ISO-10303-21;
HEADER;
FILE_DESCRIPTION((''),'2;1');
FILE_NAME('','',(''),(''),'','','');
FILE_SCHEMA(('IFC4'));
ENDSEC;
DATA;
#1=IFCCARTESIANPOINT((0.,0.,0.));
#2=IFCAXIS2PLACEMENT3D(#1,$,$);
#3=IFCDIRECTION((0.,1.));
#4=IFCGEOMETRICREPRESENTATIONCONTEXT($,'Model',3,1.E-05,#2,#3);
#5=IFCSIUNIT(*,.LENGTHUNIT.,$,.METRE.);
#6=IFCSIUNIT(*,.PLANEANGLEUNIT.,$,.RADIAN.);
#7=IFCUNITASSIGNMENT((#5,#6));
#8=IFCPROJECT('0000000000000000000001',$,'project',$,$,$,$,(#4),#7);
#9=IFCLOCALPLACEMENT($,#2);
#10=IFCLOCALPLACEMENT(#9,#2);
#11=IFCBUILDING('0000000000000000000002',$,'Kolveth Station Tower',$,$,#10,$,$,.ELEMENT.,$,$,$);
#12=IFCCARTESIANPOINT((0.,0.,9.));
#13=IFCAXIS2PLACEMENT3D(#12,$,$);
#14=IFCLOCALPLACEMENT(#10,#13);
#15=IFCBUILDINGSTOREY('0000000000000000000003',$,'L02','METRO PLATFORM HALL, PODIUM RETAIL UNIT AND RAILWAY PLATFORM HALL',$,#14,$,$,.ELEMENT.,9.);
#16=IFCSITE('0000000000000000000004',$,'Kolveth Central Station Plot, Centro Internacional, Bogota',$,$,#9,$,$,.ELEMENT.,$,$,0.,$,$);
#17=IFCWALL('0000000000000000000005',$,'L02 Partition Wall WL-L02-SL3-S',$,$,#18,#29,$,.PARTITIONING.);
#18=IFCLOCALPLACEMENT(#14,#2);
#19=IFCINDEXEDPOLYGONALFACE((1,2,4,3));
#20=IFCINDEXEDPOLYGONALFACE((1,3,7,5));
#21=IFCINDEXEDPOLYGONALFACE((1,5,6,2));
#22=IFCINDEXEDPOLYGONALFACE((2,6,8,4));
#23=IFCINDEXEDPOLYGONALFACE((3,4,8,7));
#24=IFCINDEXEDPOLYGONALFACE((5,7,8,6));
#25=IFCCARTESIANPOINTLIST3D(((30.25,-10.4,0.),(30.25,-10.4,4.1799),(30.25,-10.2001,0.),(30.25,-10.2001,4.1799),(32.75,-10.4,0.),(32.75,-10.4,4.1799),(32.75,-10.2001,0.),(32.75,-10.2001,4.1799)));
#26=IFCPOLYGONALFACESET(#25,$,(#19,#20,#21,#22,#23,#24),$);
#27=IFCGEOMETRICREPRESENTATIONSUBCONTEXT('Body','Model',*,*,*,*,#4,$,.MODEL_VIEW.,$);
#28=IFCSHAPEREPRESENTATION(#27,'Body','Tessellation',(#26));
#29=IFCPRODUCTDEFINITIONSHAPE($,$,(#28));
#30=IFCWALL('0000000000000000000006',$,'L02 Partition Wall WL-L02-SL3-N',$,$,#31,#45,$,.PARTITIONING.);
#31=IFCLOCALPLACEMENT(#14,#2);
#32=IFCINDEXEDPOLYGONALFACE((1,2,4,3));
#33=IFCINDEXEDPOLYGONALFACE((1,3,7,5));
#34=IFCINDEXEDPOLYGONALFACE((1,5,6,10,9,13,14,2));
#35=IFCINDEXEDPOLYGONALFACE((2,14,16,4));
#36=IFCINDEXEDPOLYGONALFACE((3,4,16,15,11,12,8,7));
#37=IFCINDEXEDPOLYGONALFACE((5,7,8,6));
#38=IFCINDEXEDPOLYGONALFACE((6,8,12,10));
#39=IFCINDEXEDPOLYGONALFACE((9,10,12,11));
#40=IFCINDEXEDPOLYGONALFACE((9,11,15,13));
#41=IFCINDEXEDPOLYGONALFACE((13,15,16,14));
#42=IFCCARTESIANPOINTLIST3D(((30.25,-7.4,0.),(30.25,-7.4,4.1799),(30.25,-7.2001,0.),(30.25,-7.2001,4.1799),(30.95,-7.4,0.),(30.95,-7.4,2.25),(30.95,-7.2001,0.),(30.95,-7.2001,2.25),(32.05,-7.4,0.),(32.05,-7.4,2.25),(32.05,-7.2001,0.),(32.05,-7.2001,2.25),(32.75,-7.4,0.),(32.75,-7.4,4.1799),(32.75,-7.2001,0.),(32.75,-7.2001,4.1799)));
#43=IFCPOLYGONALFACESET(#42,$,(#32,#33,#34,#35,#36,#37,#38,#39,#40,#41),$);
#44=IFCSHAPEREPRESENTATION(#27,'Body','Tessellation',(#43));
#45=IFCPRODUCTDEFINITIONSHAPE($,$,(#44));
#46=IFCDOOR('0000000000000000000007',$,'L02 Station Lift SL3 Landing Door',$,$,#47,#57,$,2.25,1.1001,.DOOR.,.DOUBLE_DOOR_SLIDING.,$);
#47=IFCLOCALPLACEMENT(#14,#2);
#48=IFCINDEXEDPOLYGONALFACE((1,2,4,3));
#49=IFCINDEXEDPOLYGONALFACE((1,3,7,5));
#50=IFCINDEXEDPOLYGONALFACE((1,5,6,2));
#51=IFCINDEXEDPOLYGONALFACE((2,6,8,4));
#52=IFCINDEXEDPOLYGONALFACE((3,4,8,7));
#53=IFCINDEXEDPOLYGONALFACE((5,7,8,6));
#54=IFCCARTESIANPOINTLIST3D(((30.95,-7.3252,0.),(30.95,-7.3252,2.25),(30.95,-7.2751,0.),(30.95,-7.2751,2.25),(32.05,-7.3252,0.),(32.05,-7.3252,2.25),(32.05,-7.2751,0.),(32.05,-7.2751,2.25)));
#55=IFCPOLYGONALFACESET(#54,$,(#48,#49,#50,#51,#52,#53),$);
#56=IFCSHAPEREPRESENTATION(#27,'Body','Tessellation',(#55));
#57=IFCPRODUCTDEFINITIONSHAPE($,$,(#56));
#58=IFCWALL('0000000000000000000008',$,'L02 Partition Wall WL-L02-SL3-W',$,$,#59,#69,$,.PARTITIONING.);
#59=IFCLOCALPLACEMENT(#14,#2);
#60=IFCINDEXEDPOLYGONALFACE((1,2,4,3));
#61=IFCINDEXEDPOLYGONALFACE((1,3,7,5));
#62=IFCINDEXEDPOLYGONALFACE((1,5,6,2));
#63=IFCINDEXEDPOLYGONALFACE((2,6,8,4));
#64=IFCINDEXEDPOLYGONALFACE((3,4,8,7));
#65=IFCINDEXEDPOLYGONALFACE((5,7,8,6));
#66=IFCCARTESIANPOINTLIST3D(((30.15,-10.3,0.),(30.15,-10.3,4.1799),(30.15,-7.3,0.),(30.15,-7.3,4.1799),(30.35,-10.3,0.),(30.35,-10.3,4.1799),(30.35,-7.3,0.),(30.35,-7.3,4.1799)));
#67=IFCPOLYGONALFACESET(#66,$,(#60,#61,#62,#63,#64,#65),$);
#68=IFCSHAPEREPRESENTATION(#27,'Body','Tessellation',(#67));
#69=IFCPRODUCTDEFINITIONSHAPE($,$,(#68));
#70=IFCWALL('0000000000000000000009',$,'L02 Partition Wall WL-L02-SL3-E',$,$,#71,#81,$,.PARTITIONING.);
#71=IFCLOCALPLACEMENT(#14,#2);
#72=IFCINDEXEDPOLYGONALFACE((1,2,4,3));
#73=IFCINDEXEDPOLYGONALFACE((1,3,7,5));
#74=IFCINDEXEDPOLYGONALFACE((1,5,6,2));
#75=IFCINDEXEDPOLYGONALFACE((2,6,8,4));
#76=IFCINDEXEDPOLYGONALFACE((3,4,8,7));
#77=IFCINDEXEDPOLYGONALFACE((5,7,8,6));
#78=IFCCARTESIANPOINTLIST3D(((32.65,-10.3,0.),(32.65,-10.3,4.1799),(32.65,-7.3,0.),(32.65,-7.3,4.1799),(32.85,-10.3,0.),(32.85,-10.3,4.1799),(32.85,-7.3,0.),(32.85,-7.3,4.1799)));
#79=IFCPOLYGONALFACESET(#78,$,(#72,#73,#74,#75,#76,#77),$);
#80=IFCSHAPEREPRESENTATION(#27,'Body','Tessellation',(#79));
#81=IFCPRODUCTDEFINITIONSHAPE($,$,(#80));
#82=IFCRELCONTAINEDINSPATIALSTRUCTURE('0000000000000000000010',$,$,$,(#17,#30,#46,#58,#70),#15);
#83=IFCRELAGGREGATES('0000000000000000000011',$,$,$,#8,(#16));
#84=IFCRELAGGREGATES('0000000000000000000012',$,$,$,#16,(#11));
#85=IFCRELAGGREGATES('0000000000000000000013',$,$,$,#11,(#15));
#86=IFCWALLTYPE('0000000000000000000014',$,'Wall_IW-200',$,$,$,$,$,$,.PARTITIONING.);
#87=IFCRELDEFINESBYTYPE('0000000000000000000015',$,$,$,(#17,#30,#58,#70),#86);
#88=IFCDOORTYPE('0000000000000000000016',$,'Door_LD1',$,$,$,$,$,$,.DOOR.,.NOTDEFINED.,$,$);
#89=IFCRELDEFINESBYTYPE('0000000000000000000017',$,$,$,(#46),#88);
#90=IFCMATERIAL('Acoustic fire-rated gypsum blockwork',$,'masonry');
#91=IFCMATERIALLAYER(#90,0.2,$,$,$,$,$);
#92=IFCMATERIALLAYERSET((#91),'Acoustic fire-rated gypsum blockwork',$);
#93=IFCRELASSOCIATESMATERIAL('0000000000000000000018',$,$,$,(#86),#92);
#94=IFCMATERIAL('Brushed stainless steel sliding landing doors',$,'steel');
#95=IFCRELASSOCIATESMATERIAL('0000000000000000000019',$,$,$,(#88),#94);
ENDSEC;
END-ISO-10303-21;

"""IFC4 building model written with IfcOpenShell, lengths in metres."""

from ifc_helpers import new_model, si_unit, direction, frame, frame_2d, origin, place, context, subcontext, project, spatial, rectangle, extrude, material, layer, layer_set, type_object, element, fill, save


model = new_model("IFC4")

# Units and contexts
model_context = context("Model", 3, precision=1e-05, world=origin(), true_north=direction((0.0, 1.0)))
body_context = subcontext(model_context, "Body", "Model", "MODEL_VIEW")
ifc_project = project(units=[si_unit("LENGTHUNIT", "METRE"), si_unit("PLANEANGLEUNIT", "RADIAN")], contexts=[model_context])

# Site, building, storey
site_placement = place(None, origin())
site = spatial("IfcSite", under=ifc_project, at=site_placement, Name="Kolveth Central Station Plot, Centro Internacional, Bogota", CompositionType="ELEMENT", RefElevation=0.0)
building_placement = place(site_placement, origin())
building = spatial("IfcBuilding", under=site, at=building_placement, Name="Kolveth Station Tower", CompositionType="ELEMENT")
storey_placement = place(building_placement, frame((0.0, 0.0, 9.0)))
storey = spatial("IfcBuildingStorey", under=building, at=storey_placement, Name="L02", Description="METRO PLATFORM HALL, PODIUM RETAIL UNIT AND RAILWAY PLATFORM HALL", CompositionType="ELEMENT", Elevation=9.0)

# Shared definitions
ifc_material_1 = material(Name="Acoustic fire-rated gypsum blockwork", Category="masonry")
ifc_layer_1 = layer(ifc_material_1, 0.2)
ifc_layer_set_1 = layer_set([ifc_layer_1], Name="Acoustic fire-rated gypsum blockwork")
wall_type_1 = type_object("IfcWallType", Name="Wall_IW-200", PredefinedType="PARTITIONING", material=ifc_layer_set_1)

# Wall
wall_1_placement = place(storey_placement, frame((30.25, -10.3, 0.0), z_axis=(0.0, 0.0, 1.0), x_axis=(1.0, 0.0, 0.0)))
element("IfcWall", 1, at=wall_1_placement, inside=storey, type_object=wall_type_1, Name="L02 Partition Wall WL-L02-SL3-S", PredefinedType="PARTITIONING", context=body_context, shape_type="SweptSolid", body=[
    extrude(rectangle(XDim=2.5, YDim=0.2, at=frame_2d((1.25, 0.0))), origin(), (0.0, 0.0, 1.0), 4.1799),
])

# Wall, opening, door
wall_2_placement = place(storey_placement, frame((30.25, -7.3, 0.0), z_axis=(0.0, 0.0, 1.0), x_axis=(1.0, 0.0, 0.0)))
wall_2 = element("IfcWall", 2, at=wall_2_placement, inside=storey, type_object=wall_type_1, Name="L02 Partition Wall WL-L02-SL3-N", PredefinedType="PARTITIONING", context=body_context, shape_type="SweptSolid", body=[
    extrude(rectangle(XDim=2.5, YDim=0.2, at=frame_2d((1.25, 0.0))), origin(), (0.0, 0.0, 1.0), 4.1799),
])
opening_1_placement = place(wall_2_placement, frame((0.7, 0.0, 0.0)))
opening_1 = element("IfcOpeningElement", 3, at=opening_1_placement, cuts=wall_2, PredefinedType="OPENING", context=body_context, shape_type="SweptSolid", body=[
    extrude(rectangle(XDim=1.1001, YDim=2.25, at=frame_2d((0.55, 1.125))), frame((0.0, 0.1099, 0.0), z_axis=(0.0, -1.0, 0.0), x_axis=(1.0, 0.0, 0.0)), (0.0, 0.0, 1.0), 0.22),
])
ifc_material_2 = material(Name="Brushed stainless steel sliding landing doors", Category="steel")
door_type_1 = type_object("IfcDoorType", Name="Door_LD1", OperationType="NOTDEFINED", PredefinedType="DOOR", material=ifc_material_2)
door_1_placement = place(opening_1_placement, origin())
door_1 = element("IfcDoor", 4, at=door_1_placement, inside=storey, type_object=door_type_1, Name="L02 Station Lift SL3 Landing Door", OperationType="DOUBLE_DOOR_SLIDING", OverallHeight=2.25, OverallWidth=1.1001, PredefinedType="DOOR", context=body_context, shape_type="SweptSolid", body=[
    extrude(rectangle(XDim=1.1001, YDim=2.25, at=frame_2d((0.55, 1.125))), frame((0.0, 0.0249, 0.0), z_axis=(0.0, -1.0, 0.0), x_axis=(1.0, 0.0, 0.0)), (0.0, 0.0, 1.0), 0.05),
])
fill(opening_1, door_1)

# Walls
for number, where, z_axis, x_axis, name in (
    (5, (30.25, -10.3, 0.0), (0.0, 0.0, 1.0), (0.0, 1.0, 0.0), "L02 Partition Wall WL-L02-SL3-W"),
    (6, (32.75, -10.3, 0.0), (0.0, 0.0, 1.0), (0.0, 1.0, 0.0), "L02 Partition Wall WL-L02-SL3-E"),
):
    element("IfcWall", number, at=place(storey_placement, frame(where, z_axis=z_axis, x_axis=x_axis)), inside=storey, type_object=wall_type_1, Name=name, PredefinedType="PARTITIONING", context=body_context, shape_type="SweptSolid", body=[
        extrude(rectangle(XDim=3.0, YDim=0.2, at=frame_2d((1.5, 0.0))), origin(), (0.0, 0.0, 1.0), 4.1799),
    ])

save(model, "model.ifc")
